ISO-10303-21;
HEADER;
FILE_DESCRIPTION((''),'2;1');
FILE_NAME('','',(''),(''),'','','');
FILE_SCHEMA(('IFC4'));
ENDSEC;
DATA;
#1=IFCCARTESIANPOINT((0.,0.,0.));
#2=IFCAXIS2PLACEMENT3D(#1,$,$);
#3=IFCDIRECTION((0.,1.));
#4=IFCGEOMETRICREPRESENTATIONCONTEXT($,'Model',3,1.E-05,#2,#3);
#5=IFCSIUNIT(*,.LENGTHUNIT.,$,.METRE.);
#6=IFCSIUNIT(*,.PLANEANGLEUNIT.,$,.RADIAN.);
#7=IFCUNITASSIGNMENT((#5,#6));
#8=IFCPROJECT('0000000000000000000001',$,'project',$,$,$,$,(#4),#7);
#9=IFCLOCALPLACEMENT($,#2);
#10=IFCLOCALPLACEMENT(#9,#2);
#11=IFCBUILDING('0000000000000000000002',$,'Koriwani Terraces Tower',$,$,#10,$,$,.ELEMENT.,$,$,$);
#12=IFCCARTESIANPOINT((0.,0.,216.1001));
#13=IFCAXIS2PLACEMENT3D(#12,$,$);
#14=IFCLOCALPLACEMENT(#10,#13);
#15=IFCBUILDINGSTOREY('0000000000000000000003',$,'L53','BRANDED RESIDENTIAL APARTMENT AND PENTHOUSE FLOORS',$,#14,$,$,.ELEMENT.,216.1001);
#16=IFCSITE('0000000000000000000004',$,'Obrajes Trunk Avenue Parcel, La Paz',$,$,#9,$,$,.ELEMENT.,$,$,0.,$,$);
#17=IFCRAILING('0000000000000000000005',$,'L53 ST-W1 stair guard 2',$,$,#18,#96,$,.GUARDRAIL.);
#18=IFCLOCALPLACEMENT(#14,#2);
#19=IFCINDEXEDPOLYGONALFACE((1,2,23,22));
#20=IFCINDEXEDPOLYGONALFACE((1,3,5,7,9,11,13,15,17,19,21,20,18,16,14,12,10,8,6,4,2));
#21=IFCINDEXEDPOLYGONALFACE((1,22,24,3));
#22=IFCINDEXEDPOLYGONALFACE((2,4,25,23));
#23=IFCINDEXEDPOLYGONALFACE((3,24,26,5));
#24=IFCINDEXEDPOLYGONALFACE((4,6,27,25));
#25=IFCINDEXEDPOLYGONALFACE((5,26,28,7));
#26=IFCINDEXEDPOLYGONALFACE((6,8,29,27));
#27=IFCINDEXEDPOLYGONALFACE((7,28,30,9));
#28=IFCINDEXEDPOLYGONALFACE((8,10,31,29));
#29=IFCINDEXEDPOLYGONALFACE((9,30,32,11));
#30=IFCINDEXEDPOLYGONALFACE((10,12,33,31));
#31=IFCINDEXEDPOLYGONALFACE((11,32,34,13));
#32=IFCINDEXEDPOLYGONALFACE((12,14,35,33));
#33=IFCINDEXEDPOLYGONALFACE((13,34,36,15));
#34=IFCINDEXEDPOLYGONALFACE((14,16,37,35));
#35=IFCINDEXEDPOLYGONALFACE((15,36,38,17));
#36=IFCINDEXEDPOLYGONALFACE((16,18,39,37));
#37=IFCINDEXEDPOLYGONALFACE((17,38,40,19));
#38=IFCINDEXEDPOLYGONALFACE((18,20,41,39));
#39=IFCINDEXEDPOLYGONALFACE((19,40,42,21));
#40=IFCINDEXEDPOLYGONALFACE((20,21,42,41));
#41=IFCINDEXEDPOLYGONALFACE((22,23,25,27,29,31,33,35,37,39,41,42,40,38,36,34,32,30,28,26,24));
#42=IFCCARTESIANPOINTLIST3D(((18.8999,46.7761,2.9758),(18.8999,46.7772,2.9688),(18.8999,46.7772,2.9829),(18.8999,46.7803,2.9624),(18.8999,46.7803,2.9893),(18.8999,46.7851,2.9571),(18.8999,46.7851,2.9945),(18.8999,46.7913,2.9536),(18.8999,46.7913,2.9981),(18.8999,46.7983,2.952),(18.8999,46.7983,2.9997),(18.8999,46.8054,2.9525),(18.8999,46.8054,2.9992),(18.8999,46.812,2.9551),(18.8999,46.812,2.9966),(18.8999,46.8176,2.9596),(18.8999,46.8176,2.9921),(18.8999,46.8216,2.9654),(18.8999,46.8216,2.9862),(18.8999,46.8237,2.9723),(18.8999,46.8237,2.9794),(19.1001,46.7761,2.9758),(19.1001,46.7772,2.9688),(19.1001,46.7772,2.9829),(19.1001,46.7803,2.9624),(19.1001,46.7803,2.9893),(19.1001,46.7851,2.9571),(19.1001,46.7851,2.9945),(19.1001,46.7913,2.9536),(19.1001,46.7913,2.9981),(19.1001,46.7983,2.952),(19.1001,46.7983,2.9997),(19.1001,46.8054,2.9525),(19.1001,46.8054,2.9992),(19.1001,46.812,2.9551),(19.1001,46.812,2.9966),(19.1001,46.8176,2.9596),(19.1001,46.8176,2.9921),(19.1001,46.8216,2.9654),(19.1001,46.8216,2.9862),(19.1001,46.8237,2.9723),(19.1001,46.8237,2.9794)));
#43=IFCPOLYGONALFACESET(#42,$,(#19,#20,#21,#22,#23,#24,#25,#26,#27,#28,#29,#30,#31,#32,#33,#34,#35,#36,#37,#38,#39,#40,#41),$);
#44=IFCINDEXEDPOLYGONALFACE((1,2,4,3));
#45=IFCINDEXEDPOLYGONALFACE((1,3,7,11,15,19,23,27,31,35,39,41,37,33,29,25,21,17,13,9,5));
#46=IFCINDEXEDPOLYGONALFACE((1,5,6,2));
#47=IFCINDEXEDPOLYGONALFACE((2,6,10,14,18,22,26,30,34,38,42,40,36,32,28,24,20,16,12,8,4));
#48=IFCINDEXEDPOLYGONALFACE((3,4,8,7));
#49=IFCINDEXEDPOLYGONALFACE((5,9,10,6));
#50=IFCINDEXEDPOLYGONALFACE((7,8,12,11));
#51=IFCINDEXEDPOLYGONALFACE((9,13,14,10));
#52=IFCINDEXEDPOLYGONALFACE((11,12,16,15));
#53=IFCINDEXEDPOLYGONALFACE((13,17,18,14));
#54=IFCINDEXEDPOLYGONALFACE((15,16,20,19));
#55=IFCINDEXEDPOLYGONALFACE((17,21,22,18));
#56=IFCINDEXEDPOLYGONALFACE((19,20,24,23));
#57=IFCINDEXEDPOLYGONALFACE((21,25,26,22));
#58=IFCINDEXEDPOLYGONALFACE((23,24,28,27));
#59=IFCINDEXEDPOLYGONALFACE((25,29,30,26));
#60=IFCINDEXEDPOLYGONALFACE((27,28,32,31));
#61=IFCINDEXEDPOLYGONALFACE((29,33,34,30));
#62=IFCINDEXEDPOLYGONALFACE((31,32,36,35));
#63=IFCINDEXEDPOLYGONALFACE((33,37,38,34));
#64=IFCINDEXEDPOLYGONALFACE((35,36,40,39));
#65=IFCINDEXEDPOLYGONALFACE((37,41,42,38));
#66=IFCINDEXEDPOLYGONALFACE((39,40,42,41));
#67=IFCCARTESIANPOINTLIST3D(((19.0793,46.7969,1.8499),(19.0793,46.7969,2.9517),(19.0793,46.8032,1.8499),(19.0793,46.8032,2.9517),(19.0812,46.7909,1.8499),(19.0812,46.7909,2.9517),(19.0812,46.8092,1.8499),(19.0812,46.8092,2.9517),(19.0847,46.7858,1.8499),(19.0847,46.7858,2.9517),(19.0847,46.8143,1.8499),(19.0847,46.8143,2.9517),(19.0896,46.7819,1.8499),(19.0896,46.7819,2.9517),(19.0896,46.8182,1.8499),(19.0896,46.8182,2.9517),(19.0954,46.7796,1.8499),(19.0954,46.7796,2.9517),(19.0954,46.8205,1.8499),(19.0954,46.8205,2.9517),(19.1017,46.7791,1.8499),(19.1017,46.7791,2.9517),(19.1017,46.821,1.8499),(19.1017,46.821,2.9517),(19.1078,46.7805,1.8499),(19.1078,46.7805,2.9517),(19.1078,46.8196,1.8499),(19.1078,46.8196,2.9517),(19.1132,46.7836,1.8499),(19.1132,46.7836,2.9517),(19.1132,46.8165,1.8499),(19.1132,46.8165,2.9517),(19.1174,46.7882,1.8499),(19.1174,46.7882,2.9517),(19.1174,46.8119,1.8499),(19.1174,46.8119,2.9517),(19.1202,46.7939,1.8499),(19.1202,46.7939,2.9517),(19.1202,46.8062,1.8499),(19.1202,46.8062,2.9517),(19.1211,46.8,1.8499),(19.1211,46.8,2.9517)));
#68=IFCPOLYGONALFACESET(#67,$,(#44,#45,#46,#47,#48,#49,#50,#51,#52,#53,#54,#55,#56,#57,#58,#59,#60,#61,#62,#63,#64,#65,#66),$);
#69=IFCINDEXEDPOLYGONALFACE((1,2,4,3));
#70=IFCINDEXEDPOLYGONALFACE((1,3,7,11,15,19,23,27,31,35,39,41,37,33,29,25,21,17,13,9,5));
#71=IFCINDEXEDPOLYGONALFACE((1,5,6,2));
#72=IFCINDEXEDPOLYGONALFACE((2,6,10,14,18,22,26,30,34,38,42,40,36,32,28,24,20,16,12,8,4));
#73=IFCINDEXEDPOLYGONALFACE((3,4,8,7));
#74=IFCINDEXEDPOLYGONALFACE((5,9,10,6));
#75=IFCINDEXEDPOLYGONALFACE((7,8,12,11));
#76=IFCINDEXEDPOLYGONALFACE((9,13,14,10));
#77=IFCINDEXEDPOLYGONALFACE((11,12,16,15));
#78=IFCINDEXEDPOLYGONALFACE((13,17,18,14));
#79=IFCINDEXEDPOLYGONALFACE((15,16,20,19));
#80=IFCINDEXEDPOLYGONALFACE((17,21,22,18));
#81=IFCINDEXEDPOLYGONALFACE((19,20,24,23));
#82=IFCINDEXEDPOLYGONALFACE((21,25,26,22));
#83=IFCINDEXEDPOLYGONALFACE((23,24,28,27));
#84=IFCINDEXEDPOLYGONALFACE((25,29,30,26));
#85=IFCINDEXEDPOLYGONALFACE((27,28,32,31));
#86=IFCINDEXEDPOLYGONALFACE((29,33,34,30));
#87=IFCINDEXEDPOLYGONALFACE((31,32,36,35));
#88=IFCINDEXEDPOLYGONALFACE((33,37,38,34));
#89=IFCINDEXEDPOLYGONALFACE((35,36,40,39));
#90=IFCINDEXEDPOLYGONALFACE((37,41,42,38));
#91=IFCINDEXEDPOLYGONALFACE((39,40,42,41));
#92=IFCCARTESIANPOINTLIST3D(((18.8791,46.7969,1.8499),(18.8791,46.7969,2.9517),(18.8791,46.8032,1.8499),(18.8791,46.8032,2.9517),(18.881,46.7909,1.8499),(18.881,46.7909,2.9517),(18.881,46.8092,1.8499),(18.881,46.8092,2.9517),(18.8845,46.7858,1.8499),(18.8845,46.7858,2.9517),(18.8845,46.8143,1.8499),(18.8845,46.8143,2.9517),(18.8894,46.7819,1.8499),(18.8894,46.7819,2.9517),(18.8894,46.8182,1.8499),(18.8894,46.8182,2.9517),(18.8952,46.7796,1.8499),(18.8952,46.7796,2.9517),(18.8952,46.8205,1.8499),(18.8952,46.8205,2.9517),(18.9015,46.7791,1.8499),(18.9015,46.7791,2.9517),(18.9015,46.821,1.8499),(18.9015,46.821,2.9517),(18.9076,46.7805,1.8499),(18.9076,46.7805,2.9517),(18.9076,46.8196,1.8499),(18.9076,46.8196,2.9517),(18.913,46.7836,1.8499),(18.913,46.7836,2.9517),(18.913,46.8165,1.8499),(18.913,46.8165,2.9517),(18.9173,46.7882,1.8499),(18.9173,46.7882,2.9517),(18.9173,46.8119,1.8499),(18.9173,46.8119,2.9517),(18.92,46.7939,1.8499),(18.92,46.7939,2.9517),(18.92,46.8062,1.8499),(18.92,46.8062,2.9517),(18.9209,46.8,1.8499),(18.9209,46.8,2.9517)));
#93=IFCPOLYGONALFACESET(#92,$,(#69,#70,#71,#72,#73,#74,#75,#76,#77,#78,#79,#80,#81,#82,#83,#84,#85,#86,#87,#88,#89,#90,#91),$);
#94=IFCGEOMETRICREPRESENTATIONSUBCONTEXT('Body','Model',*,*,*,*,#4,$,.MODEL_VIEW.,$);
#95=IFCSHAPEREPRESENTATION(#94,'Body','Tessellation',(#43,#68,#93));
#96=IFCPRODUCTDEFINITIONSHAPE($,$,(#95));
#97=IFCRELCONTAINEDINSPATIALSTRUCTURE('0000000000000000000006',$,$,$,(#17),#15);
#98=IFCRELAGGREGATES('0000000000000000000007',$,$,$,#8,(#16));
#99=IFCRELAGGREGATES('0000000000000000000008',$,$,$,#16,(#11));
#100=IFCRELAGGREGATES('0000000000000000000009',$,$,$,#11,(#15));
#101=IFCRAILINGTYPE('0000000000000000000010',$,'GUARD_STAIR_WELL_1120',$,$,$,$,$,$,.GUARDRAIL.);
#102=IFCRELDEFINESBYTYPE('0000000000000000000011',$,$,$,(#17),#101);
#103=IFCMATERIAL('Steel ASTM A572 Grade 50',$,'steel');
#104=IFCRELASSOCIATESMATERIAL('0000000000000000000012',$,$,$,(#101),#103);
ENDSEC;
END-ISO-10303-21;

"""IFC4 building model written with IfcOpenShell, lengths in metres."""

from ifc_helpers import new_model, si_unit, direction, frame, origin, origin_2d, place, context, subcontext, project, spatial, circle, extrude, material, type_object, element, save


model = new_model("IFC4")

# Units and contexts
model_context = context("Model", 3, precision=1e-05, world=origin(), true_north=direction((0.0, 1.0)))
body_context = subcontext(model_context, "Body", "Model", "MODEL_VIEW")
ifc_project = project(units=[si_unit("LENGTHUNIT", "METRE"), si_unit("PLANEANGLEUNIT", "RADIAN")], contexts=[model_context])

# Site, building, storey
site_placement = place(None, origin())
site = spatial("IfcSite", under=ifc_project, at=site_placement, Name="Obrajes Trunk Avenue Parcel, La Paz", CompositionType="ELEMENT", RefElevation=0.0)
building_placement = place(site_placement, origin())
building = spatial("IfcBuilding", under=site, at=building_placement, Name="Koriwani Terraces Tower", CompositionType="ELEMENT")
storey_placement = place(building_placement, frame((0.0, 0.0, 216.1001)))
storey = spatial("IfcBuildingStorey", under=building, at=storey_placement, Name="L53", Description="BRANDED RESIDENTIAL APARTMENT AND PENTHOUSE FLOORS", CompositionType="ELEMENT", Elevation=216.1001)

# Shared definitions
ifc_material_1 = material(Name="Steel ASTM A572 Grade 50", Category="steel")

# Railing
railing_type_1 = type_object("IfcRailingType", Name="GUARD_STAIR_WELL_1120", PredefinedType="GUARDRAIL", material=ifc_material_1)
railing_1_placement = place(storey_placement, frame((19.1001, 46.8, 1.8499)))
element("IfcRailing", 1, at=railing_1_placement, inside=storey, type_object=railing_type_1, Name="L53 ST-W1 stair guard 2", PredefinedType="GUARDRAIL", context=body_context, shape_type="SweptSolid", body=[
    extrude(circle(Radius=0.0239, at=origin_2d()), frame((0.0, 0.0, 1.126), z_axis=(-1.0, 0.0, 0.0), x_axis=(0.0, -1.0, 0.0)), (0.0, 0.0, 1.0), 0.2002),
    extrude(circle(Radius=0.021, at=origin_2d()), origin(), (0.0, 0.0, 1.0), 1.1018),
    extrude(circle(Radius=0.021, at=origin_2d()), frame((-0.2002, 0.0, 0.0)), (0.0, 0.0, 1.0), 1.1018),
])

save(model, "model.ifc")
